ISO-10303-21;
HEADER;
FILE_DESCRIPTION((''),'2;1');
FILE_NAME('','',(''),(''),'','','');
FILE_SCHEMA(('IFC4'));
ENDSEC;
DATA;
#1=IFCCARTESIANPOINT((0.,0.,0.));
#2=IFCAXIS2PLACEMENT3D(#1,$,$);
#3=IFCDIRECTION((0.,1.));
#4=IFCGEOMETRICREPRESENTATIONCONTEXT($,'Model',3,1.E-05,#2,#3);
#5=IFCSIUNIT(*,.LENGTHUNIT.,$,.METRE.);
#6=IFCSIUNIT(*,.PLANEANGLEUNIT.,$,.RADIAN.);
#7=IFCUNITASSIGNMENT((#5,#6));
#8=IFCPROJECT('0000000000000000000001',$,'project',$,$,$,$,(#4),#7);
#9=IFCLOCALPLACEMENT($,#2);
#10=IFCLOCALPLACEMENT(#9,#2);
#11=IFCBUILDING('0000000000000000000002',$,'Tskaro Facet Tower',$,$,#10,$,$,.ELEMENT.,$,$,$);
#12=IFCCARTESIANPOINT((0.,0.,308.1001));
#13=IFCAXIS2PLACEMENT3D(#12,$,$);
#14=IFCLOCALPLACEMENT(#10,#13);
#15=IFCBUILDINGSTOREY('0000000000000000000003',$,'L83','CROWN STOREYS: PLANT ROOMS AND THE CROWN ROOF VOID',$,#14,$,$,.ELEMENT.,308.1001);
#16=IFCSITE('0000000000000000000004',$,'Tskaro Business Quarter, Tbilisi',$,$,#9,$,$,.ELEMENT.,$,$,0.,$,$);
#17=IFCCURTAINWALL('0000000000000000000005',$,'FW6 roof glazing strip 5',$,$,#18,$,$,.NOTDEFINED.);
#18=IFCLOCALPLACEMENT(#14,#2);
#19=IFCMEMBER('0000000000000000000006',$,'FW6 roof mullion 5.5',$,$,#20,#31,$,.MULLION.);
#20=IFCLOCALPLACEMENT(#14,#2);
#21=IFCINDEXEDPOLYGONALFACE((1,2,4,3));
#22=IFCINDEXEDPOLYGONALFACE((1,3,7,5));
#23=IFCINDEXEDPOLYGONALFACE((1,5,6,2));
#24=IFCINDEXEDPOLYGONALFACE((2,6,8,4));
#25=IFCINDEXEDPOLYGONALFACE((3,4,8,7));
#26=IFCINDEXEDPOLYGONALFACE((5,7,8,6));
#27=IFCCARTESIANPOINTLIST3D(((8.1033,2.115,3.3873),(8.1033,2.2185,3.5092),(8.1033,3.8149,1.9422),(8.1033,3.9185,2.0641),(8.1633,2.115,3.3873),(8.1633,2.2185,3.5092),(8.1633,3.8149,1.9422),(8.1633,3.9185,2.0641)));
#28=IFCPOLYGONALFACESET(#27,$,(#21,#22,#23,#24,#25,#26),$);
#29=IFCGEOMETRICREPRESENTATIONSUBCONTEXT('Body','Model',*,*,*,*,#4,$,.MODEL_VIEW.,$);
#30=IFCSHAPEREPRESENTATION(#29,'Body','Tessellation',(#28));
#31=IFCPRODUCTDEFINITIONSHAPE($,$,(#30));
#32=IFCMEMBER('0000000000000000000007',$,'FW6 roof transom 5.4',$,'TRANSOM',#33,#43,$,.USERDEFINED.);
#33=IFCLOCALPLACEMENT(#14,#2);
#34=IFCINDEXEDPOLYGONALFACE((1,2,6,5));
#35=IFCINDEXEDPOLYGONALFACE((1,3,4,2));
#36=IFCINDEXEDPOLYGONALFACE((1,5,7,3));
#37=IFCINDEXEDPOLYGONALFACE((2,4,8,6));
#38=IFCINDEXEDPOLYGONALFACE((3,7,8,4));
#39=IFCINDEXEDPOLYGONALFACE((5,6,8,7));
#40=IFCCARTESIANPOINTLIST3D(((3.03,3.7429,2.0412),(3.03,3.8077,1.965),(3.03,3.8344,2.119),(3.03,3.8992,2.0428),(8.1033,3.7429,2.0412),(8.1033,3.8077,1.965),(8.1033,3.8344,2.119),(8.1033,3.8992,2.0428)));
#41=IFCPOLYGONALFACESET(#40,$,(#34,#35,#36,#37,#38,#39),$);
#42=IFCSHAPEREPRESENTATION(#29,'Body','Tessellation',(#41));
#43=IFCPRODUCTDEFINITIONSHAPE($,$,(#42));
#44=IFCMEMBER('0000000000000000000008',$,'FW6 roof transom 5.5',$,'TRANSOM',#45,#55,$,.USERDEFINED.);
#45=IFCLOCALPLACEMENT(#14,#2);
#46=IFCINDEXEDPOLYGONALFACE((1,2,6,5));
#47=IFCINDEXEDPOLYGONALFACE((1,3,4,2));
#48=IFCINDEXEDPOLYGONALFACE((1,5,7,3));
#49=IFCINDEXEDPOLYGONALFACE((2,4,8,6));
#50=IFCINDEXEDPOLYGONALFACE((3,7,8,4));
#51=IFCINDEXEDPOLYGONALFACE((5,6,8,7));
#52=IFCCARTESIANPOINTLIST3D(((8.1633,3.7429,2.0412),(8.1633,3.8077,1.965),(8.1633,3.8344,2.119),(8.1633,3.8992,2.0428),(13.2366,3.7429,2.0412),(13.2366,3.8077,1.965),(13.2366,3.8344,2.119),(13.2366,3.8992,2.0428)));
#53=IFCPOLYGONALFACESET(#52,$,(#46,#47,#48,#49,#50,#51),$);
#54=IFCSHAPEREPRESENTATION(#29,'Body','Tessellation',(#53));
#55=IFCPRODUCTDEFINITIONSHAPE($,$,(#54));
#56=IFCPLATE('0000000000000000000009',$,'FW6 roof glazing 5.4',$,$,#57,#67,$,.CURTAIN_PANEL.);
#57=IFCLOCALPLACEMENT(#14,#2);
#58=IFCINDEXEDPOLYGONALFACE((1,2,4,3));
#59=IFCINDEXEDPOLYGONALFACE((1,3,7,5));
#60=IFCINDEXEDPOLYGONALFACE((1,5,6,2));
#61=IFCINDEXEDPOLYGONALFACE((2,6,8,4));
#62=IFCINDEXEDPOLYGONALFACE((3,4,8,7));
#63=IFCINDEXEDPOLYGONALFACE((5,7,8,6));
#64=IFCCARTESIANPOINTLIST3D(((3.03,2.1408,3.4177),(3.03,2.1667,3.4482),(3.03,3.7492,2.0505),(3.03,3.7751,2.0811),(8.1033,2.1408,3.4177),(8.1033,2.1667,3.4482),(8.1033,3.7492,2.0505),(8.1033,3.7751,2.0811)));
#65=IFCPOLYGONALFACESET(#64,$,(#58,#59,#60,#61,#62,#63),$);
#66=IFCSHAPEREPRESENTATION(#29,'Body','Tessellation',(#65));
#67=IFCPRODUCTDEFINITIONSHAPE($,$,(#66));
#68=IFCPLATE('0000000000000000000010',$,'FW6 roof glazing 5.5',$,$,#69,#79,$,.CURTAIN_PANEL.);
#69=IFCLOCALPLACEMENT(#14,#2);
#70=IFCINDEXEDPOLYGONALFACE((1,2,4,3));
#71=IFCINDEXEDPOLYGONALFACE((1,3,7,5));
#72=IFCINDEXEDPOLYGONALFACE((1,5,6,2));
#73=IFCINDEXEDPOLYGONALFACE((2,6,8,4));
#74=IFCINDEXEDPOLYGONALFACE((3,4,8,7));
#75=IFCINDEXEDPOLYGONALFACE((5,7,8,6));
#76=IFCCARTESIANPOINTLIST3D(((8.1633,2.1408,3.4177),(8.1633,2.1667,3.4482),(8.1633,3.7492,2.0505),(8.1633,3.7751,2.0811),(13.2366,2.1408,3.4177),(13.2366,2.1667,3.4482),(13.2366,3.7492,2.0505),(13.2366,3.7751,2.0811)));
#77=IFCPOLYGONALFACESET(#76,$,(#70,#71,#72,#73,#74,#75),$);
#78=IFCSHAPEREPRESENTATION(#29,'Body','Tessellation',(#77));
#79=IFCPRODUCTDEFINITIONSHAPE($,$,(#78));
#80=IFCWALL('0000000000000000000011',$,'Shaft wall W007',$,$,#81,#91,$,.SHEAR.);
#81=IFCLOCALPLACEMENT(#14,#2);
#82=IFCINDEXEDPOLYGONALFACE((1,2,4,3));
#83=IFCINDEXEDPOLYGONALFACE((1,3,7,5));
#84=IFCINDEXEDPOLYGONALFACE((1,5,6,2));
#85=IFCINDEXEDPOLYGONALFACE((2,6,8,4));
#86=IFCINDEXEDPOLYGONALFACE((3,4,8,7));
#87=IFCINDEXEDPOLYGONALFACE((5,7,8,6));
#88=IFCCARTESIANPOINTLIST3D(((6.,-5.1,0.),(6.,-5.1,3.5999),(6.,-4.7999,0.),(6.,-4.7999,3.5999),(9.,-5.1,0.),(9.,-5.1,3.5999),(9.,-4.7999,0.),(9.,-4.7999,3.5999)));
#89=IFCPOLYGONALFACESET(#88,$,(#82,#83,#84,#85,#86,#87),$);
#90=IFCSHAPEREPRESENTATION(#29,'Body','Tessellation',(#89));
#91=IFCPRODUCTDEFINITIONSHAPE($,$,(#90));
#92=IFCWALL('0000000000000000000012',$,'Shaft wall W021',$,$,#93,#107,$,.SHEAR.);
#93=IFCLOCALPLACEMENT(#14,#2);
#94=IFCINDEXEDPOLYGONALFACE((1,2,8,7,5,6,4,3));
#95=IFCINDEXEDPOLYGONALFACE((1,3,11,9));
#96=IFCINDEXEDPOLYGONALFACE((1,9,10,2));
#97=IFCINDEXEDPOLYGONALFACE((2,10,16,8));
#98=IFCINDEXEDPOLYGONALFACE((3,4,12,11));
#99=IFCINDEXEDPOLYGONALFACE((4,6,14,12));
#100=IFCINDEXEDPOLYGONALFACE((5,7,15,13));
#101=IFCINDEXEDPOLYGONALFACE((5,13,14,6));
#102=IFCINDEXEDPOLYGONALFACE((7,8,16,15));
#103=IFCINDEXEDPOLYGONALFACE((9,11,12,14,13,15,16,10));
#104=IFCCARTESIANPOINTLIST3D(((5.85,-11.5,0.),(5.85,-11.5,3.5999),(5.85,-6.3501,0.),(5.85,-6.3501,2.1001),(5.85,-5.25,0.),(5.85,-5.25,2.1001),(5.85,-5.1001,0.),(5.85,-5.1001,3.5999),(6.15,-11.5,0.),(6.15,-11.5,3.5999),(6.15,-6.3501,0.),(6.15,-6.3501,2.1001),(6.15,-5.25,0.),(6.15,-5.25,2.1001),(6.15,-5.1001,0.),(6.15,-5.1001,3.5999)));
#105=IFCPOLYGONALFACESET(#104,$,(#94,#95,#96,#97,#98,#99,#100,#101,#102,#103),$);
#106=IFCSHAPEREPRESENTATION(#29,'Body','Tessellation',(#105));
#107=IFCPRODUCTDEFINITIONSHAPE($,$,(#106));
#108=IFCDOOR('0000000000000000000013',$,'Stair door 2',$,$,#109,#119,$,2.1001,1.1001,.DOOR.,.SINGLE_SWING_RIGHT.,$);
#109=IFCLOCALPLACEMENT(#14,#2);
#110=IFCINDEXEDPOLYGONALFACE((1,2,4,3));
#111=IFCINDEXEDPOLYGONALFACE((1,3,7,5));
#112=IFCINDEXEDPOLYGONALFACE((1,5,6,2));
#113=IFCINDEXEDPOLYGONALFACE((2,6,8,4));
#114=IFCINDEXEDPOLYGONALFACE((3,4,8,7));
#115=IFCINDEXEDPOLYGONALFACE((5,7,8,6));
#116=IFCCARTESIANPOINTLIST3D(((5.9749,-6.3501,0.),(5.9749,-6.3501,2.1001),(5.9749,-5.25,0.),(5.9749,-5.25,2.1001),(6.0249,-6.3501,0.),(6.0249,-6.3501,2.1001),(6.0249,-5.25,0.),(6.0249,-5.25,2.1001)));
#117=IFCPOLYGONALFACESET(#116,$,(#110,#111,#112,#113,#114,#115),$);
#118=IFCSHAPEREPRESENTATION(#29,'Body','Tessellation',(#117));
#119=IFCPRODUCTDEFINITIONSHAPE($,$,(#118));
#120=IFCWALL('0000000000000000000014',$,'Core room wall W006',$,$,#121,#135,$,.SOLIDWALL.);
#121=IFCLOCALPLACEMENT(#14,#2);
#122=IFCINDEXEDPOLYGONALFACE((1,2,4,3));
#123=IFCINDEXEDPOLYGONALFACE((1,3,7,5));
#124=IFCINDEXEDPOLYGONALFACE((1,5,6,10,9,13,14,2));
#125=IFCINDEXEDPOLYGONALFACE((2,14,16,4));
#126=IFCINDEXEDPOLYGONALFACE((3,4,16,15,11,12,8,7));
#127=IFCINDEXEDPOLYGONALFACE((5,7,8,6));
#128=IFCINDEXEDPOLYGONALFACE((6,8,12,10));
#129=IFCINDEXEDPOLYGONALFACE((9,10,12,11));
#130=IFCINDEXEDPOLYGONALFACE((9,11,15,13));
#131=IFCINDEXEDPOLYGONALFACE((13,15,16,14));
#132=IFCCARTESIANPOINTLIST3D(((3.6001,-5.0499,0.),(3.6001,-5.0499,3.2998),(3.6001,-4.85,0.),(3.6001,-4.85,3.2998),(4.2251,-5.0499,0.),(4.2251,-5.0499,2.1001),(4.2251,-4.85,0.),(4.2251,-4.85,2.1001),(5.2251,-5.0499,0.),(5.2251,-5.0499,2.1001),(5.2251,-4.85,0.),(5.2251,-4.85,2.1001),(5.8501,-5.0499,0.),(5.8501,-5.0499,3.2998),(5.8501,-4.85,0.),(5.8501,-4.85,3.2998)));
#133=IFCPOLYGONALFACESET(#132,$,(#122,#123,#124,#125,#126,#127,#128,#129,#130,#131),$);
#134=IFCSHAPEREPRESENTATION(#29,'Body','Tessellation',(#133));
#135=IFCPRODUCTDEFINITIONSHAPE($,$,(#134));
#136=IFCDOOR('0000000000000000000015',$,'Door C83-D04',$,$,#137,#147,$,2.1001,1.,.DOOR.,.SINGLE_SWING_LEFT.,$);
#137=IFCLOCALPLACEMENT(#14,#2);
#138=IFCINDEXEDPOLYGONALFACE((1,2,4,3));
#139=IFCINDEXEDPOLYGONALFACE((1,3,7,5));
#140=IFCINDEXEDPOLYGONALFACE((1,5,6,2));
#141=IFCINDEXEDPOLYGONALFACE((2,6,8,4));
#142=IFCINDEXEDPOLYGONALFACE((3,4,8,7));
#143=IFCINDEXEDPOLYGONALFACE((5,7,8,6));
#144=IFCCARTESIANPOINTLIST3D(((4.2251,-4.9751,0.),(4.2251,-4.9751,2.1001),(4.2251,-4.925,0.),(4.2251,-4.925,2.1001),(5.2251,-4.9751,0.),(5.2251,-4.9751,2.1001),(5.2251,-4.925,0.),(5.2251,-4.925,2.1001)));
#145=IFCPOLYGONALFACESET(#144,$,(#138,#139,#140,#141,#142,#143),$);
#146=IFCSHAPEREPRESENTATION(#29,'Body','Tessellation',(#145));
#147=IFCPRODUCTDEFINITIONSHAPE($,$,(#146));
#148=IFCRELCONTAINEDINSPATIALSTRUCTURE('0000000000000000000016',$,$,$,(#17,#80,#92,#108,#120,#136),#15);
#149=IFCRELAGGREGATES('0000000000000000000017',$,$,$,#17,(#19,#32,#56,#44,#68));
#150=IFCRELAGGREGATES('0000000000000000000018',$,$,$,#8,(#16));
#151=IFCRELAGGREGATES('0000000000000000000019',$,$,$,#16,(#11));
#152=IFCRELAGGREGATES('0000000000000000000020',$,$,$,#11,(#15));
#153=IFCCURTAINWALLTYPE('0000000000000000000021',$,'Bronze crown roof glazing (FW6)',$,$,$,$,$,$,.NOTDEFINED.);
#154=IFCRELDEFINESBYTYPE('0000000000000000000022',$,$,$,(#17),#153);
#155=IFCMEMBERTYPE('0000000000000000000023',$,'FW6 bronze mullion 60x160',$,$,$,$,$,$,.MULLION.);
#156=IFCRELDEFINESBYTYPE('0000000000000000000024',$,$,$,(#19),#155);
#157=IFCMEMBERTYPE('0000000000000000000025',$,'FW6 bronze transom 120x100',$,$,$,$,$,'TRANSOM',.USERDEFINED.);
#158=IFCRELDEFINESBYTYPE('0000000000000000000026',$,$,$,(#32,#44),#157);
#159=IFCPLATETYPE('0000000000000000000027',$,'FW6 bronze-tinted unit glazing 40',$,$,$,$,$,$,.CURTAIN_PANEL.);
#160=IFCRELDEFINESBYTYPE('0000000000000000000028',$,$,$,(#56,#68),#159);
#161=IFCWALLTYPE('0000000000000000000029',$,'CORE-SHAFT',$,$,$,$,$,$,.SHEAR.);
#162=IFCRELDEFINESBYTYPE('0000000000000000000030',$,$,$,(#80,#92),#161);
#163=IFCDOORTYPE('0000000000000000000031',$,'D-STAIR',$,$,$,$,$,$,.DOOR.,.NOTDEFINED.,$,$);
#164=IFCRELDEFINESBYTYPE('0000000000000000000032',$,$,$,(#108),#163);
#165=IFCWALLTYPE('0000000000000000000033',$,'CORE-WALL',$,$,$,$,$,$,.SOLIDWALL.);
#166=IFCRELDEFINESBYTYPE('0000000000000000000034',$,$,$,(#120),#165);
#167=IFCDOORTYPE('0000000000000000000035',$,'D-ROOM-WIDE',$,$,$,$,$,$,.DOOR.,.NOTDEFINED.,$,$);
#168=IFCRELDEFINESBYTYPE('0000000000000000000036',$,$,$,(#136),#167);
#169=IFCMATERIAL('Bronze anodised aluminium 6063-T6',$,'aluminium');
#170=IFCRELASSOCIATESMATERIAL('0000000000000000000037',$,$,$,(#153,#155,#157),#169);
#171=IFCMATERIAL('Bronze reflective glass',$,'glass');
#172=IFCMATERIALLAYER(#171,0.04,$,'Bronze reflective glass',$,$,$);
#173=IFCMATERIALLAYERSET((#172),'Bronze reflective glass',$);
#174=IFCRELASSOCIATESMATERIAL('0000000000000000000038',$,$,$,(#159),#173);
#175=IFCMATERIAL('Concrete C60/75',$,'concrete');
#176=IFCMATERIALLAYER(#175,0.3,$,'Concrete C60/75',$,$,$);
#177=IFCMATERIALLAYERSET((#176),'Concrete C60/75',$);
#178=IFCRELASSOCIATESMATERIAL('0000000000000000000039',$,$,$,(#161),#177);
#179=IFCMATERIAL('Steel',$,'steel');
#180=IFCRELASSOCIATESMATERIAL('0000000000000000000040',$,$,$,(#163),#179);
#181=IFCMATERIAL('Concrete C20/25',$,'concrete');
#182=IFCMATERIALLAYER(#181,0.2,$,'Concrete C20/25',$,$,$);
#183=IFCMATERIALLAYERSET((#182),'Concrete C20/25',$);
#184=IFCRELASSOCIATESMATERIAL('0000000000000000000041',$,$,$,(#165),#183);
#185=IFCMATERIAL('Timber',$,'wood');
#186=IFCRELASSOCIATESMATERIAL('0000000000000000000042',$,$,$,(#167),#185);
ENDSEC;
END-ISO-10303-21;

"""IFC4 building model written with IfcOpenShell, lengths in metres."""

from ifc_helpers import new_model, si_unit, direction, frame, frame_2d, origin, origin_2d, place, context, subcontext, project, spatial, polyline, rectangle, outline, extrude, material, layer, layer_set, material_profile, profile_set, type_object, element, fill, aggregate, save


model = new_model("IFC4")

# Units and contexts
model_context = context("Model", 3, precision=1e-05, world=origin(), true_north=direction((0.0, 1.0)))
body_context = subcontext(model_context, "Body", "Model", "MODEL_VIEW")
ifc_project = project(units=[si_unit("LENGTHUNIT", "METRE"), si_unit("PLANEANGLEUNIT", "RADIAN")], contexts=[model_context])

# Site, building, storey
site_placement = place(None, origin())
site = spatial("IfcSite", under=ifc_project, at=site_placement, Name="Tskaro Business Quarter, Tbilisi", CompositionType="ELEMENT", RefElevation=0.0)
building_placement = place(site_placement, origin())
building = spatial("IfcBuilding", under=site, at=building_placement, Name="Tskaro Facet Tower", CompositionType="ELEMENT")
storey_placement = place(building_placement, frame((0.0, 0.0, 308.1001)))
storey = spatial("IfcBuildingStorey", under=building, at=storey_placement, Name="L83", Description="CROWN STOREYS: PLANT ROOMS AND THE CROWN ROOF VOID", CompositionType="ELEMENT", Elevation=308.1001)

# Curtain wall, members, plates
ifc_material_1 = material(Name="Bronze anodised aluminium 6063-T6", Category="aluminium")
curtain_wall_type = type_object("IfcCurtainWallType", Name="Bronze crown roof glazing (FW6)", PredefinedType="NOTDEFINED", material=ifc_material_1)
curtain_wall_placement = place(storey_placement, origin())
curtain_wall = element("IfcCurtainWall", 1, at=curtain_wall_placement, inside=storey, type_object=curtain_wall_type, Name="FW6 roof glazing strip 5", PredefinedType="NOTDEFINED")
ifc_material_profile_1 = material_profile(ifc_material_1, rectangle(XDim=0.0601, YDim=0.1599, at=origin_2d()), Name="Mullion 60x160")
ifc_profile_set_1 = profile_set([ifc_material_profile_1], Name="Bronze anodised aluminium 6063-T6")
member_type_1 = type_object("IfcMemberType", Name="FW6 bronze mullion 60x160", PredefinedType="MULLION", material=ifc_profile_set_1)
member_1_placement = place(storey_placement, frame((8.1333, 2.1667, 3.4482), z_axis=(0.0, 0.761915, -0.647677), x_axis=(-1.0, 0.0, 0.0)))
member_1 = element("IfcMember", 2, at=member_1_placement, type_object=member_type_1, Name="FW6 roof mullion 5.5", PredefinedType="MULLION", context=body_context, shape_type="SweptSolid", body=[
    extrude(rectangle(XDim=0.0601, YDim=0.1599, at=origin_2d()), origin(), (0.0, 0.0, 1.0), 2.2312),
])
ifc_material_profile_2 = material_profile(ifc_material_1, rectangle(XDim=0.1201, YDim=0.1001, at=origin_2d()), Name="Transom 120x100")
ifc_profile_set_2 = profile_set([ifc_material_profile_2], Name="Bronze anodised aluminium 6063-T6")
member_type_2 = type_object("IfcMemberType", Name="FW6 bronze transom 120x100", ElementType="TRANSOM", PredefinedType="USERDEFINED", material=ifc_profile_set_2)
member_2_placement = place(storey_placement, frame((3.03, 3.821, 2.042), z_axis=(1.0, 0.0, 0.0), x_axis=(0.0, 0.761939, 0.647648)))
member_2 = element("IfcMember", 3, at=member_2_placement, type_object=member_type_2, Name="FW6 roof transom 5.4", ObjectType="TRANSOM", PredefinedType="USERDEFINED", context=body_context, shape_type="SweptSolid", body=[
    extrude(rectangle(XDim=0.1201, YDim=0.1001, at=origin_2d()), origin(), (0.0, 0.0, 1.0), 5.0732),
])
member_3_placement = place(storey_placement, frame((8.1633, 3.821, 2.042), z_axis=(1.0, 0.0, 0.0), x_axis=(0.0, 0.761939, 0.647648)))
member_3 = element("IfcMember", 4, at=member_3_placement, type_object=member_type_2, Name="FW6 roof transom 5.5", ObjectType="TRANSOM", PredefinedType="USERDEFINED", context=body_context, shape_type="SweptSolid", body=[
    extrude(rectangle(XDim=0.1201, YDim=0.1001, at=origin_2d()), origin(), (0.0, 0.0, 1.0), 5.0732),
])
ifc_material_2 = material(Name="Bronze reflective glass", Category="glass")
ifc_layer_1 = layer(ifc_material_2, 0.04, Name="Bronze reflective glass")
ifc_layer_set_1 = layer_set([ifc_layer_1], Name="Bronze reflective glass")
plate_type = type_object("IfcPlateType", Name="FW6 bronze-tinted unit glazing 40", PredefinedType="CURTAIN_PANEL", material=ifc_layer_set_1)
plate_1_placement = place(storey_placement, frame((3.03, 2.1667, 3.4482), z_axis=(0.0, 0.647662, 0.761928), x_axis=(1.0, 0.0, 0.0)))
plate_1 = element("IfcPlate", 5, at=plate_1_placement, type_object=plate_type, Name="FW6 roof glazing 5.4", PredefinedType="CURTAIN_PANEL", context=body_context, shape_type="SweptSolid", body=[
    extrude(outline(polyline([(0.0, 0.0), (5.0732, 0.0), (5.0732, 2.111), (0.0, 2.111), (0.0, 0.0)])), origin(), (0.0, 0.0, -1.0), 0.04),
])
plate_2_placement = place(storey_placement, frame((8.1633, 2.1667, 3.4482), z_axis=(0.0, 0.647662, 0.761928), x_axis=(1.0, 0.0, 0.0)))
plate_2 = element("IfcPlate", 6, at=plate_2_placement, type_object=plate_type, Name="FW6 roof glazing 5.5", PredefinedType="CURTAIN_PANEL", context=body_context, shape_type="SweptSolid", body=[
    extrude(outline(polyline([(0.0, 0.0), (5.0732, 0.0), (5.0732, 2.111), (0.0, 2.111), (0.0, 0.0)])), origin(), (0.0, 0.0, -1.0), 0.04),
])
aggregate(curtain_wall, [member_1, member_2, plate_1, member_3, plate_2])

# Wall
ifc_material_3 = material(Name="Concrete C60/75", Category="concrete")
ifc_layer_2 = layer(ifc_material_3, 0.3, Name="Concrete C60/75")
ifc_layer_set_2 = layer_set([ifc_layer_2], Name="Concrete C60/75")
wall_type_1 = type_object("IfcWallType", Name="CORE-SHAFT", PredefinedType="SHEAR", material=ifc_layer_set_2)
wall_1_placement = place(storey_placement, frame((6.0, -4.95, 0.0), z_axis=(0.0, 0.0, 1.0), x_axis=(1.0, 0.0, 0.0)))
element("IfcWall", 7, at=wall_1_placement, inside=storey, type_object=wall_type_1, Name="Shaft wall W007", PredefinedType="SHEAR", context=body_context, shape_type="SweptSolid", body=[
    extrude(rectangle(XDim=3.0, YDim=0.3, at=frame_2d((1.5, 0.0))), origin(), (0.0, 0.0, 1.0), 3.5999),
])

# Walls, openings, doors
wall_2_placement = place(storey_placement, frame((6.0, -5.1001, 0.0), z_axis=(0.0, 0.0, 1.0), x_axis=(0.0, -1.0, 0.0)))
wall_2 = element("IfcWall", 8, at=wall_2_placement, inside=storey, type_object=wall_type_1, Name="Shaft wall W021", PredefinedType="SHEAR", context=body_context, shape_type="SweptSolid", body=[
    extrude(rectangle(XDim=6.3999, YDim=0.3, at=frame_2d((3.2, 0.0))), origin(), (0.0, 0.0, 1.0), 3.5999),
])
opening_1_placement = place(wall_2_placement, frame((0.1499, 0.0, 0.0)))
opening_1 = element("IfcOpeningElement", 9, at=opening_1_placement, cuts=wall_2, PredefinedType="OPENING", context=body_context, shape_type="SweptSolid", body=[
    extrude(rectangle(XDim=1.1001, YDim=2.1001, at=frame_2d((0.55, 1.05))), frame((0.0, 0.1599, 0.0), z_axis=(0.0, -1.0, 0.0), x_axis=(1.0, 0.0, 0.0)), (0.0, 0.0, 1.0), 0.3201),
])
ifc_material_4 = material(Name="Steel", Category="steel")
door_type_1 = type_object("IfcDoorType", Name="D-STAIR", OperationType="NOTDEFINED", PredefinedType="DOOR", material=ifc_material_4)
door_1_placement = place(opening_1_placement, origin())
door_1 = element("IfcDoor", 10, at=door_1_placement, inside=storey, type_object=door_type_1, Name="Stair door 2", OperationType="SINGLE_SWING_RIGHT", OverallHeight=2.1001, OverallWidth=1.1001, PredefinedType="DOOR", context=body_context, shape_type="SweptSolid", body=[
    extrude(rectangle(XDim=1.1001, YDim=2.1001, at=frame_2d((0.55, 1.05))), frame((0.0, 0.0249, 0.0), z_axis=(0.0, -1.0, 0.0), x_axis=(1.0, 0.0, 0.0)), (0.0, 0.0, 1.0), 0.05),
])
fill(opening_1, door_1)
ifc_material_5 = material(Name="Concrete C20/25", Category="concrete")
ifc_layer_3 = layer(ifc_material_5, 0.2, Name="Concrete C20/25")
ifc_layer_set_3 = layer_set([ifc_layer_3], Name="Concrete C20/25")
wall_type_2 = type_object("IfcWallType", Name="CORE-WALL", PredefinedType="SOLIDWALL", material=ifc_layer_set_3)
wall_3_placement = place(storey_placement, frame((3.6001, -4.95, 0.0), z_axis=(0.0, 0.0, 1.0), x_axis=(1.0, 0.0, 0.0)))
wall_3 = element("IfcWall", 11, at=wall_3_placement, inside=storey, type_object=wall_type_2, Name="Core room wall W006", PredefinedType="SOLIDWALL", context=body_context, shape_type="SweptSolid", body=[
    extrude(rectangle(XDim=2.25, YDim=0.2, at=frame_2d((1.125, 0.0))), origin(), (0.0, 0.0, 1.0), 3.2998),
])
opening_2_placement = place(wall_3_placement, frame((0.625, 0.0, 0.0)))
opening_2 = element("IfcOpeningElement", 12, at=opening_2_placement, cuts=wall_3, PredefinedType="OPENING", context=body_context, shape_type="SweptSolid", body=[
    extrude(rectangle(XDim=1.0, YDim=2.1001, at=frame_2d((0.5, 1.05))), frame((0.0, 0.1099, 0.0), z_axis=(0.0, -1.0, 0.0), x_axis=(1.0, 0.0, 0.0)), (0.0, 0.0, 1.0), 0.22),
])
ifc_material_6 = material(Name="Timber", Category="wood")
door_type_2 = type_object("IfcDoorType", Name="D-ROOM-WIDE", OperationType="NOTDEFINED", PredefinedType="DOOR", material=ifc_material_6)
door_2_placement = place(opening_2_placement, origin())
door_2 = element("IfcDoor", 13, at=door_2_placement, inside=storey, type_object=door_type_2, Name="Door C83-D04", OperationType="SINGLE_SWING_LEFT", OverallHeight=2.1001, OverallWidth=1.0, PredefinedType="DOOR", context=body_context, shape_type="SweptSolid", body=[
    extrude(rectangle(XDim=1.0, YDim=2.1001, at=frame_2d((0.5, 1.05))), frame((0.0, 0.0249, 0.0), z_axis=(0.0, -1.0, 0.0), x_axis=(1.0, 0.0, 0.0)), (0.0, 0.0, 1.0), 0.05),
])
fill(opening_2, door_2)

save(model, "model.ifc")
